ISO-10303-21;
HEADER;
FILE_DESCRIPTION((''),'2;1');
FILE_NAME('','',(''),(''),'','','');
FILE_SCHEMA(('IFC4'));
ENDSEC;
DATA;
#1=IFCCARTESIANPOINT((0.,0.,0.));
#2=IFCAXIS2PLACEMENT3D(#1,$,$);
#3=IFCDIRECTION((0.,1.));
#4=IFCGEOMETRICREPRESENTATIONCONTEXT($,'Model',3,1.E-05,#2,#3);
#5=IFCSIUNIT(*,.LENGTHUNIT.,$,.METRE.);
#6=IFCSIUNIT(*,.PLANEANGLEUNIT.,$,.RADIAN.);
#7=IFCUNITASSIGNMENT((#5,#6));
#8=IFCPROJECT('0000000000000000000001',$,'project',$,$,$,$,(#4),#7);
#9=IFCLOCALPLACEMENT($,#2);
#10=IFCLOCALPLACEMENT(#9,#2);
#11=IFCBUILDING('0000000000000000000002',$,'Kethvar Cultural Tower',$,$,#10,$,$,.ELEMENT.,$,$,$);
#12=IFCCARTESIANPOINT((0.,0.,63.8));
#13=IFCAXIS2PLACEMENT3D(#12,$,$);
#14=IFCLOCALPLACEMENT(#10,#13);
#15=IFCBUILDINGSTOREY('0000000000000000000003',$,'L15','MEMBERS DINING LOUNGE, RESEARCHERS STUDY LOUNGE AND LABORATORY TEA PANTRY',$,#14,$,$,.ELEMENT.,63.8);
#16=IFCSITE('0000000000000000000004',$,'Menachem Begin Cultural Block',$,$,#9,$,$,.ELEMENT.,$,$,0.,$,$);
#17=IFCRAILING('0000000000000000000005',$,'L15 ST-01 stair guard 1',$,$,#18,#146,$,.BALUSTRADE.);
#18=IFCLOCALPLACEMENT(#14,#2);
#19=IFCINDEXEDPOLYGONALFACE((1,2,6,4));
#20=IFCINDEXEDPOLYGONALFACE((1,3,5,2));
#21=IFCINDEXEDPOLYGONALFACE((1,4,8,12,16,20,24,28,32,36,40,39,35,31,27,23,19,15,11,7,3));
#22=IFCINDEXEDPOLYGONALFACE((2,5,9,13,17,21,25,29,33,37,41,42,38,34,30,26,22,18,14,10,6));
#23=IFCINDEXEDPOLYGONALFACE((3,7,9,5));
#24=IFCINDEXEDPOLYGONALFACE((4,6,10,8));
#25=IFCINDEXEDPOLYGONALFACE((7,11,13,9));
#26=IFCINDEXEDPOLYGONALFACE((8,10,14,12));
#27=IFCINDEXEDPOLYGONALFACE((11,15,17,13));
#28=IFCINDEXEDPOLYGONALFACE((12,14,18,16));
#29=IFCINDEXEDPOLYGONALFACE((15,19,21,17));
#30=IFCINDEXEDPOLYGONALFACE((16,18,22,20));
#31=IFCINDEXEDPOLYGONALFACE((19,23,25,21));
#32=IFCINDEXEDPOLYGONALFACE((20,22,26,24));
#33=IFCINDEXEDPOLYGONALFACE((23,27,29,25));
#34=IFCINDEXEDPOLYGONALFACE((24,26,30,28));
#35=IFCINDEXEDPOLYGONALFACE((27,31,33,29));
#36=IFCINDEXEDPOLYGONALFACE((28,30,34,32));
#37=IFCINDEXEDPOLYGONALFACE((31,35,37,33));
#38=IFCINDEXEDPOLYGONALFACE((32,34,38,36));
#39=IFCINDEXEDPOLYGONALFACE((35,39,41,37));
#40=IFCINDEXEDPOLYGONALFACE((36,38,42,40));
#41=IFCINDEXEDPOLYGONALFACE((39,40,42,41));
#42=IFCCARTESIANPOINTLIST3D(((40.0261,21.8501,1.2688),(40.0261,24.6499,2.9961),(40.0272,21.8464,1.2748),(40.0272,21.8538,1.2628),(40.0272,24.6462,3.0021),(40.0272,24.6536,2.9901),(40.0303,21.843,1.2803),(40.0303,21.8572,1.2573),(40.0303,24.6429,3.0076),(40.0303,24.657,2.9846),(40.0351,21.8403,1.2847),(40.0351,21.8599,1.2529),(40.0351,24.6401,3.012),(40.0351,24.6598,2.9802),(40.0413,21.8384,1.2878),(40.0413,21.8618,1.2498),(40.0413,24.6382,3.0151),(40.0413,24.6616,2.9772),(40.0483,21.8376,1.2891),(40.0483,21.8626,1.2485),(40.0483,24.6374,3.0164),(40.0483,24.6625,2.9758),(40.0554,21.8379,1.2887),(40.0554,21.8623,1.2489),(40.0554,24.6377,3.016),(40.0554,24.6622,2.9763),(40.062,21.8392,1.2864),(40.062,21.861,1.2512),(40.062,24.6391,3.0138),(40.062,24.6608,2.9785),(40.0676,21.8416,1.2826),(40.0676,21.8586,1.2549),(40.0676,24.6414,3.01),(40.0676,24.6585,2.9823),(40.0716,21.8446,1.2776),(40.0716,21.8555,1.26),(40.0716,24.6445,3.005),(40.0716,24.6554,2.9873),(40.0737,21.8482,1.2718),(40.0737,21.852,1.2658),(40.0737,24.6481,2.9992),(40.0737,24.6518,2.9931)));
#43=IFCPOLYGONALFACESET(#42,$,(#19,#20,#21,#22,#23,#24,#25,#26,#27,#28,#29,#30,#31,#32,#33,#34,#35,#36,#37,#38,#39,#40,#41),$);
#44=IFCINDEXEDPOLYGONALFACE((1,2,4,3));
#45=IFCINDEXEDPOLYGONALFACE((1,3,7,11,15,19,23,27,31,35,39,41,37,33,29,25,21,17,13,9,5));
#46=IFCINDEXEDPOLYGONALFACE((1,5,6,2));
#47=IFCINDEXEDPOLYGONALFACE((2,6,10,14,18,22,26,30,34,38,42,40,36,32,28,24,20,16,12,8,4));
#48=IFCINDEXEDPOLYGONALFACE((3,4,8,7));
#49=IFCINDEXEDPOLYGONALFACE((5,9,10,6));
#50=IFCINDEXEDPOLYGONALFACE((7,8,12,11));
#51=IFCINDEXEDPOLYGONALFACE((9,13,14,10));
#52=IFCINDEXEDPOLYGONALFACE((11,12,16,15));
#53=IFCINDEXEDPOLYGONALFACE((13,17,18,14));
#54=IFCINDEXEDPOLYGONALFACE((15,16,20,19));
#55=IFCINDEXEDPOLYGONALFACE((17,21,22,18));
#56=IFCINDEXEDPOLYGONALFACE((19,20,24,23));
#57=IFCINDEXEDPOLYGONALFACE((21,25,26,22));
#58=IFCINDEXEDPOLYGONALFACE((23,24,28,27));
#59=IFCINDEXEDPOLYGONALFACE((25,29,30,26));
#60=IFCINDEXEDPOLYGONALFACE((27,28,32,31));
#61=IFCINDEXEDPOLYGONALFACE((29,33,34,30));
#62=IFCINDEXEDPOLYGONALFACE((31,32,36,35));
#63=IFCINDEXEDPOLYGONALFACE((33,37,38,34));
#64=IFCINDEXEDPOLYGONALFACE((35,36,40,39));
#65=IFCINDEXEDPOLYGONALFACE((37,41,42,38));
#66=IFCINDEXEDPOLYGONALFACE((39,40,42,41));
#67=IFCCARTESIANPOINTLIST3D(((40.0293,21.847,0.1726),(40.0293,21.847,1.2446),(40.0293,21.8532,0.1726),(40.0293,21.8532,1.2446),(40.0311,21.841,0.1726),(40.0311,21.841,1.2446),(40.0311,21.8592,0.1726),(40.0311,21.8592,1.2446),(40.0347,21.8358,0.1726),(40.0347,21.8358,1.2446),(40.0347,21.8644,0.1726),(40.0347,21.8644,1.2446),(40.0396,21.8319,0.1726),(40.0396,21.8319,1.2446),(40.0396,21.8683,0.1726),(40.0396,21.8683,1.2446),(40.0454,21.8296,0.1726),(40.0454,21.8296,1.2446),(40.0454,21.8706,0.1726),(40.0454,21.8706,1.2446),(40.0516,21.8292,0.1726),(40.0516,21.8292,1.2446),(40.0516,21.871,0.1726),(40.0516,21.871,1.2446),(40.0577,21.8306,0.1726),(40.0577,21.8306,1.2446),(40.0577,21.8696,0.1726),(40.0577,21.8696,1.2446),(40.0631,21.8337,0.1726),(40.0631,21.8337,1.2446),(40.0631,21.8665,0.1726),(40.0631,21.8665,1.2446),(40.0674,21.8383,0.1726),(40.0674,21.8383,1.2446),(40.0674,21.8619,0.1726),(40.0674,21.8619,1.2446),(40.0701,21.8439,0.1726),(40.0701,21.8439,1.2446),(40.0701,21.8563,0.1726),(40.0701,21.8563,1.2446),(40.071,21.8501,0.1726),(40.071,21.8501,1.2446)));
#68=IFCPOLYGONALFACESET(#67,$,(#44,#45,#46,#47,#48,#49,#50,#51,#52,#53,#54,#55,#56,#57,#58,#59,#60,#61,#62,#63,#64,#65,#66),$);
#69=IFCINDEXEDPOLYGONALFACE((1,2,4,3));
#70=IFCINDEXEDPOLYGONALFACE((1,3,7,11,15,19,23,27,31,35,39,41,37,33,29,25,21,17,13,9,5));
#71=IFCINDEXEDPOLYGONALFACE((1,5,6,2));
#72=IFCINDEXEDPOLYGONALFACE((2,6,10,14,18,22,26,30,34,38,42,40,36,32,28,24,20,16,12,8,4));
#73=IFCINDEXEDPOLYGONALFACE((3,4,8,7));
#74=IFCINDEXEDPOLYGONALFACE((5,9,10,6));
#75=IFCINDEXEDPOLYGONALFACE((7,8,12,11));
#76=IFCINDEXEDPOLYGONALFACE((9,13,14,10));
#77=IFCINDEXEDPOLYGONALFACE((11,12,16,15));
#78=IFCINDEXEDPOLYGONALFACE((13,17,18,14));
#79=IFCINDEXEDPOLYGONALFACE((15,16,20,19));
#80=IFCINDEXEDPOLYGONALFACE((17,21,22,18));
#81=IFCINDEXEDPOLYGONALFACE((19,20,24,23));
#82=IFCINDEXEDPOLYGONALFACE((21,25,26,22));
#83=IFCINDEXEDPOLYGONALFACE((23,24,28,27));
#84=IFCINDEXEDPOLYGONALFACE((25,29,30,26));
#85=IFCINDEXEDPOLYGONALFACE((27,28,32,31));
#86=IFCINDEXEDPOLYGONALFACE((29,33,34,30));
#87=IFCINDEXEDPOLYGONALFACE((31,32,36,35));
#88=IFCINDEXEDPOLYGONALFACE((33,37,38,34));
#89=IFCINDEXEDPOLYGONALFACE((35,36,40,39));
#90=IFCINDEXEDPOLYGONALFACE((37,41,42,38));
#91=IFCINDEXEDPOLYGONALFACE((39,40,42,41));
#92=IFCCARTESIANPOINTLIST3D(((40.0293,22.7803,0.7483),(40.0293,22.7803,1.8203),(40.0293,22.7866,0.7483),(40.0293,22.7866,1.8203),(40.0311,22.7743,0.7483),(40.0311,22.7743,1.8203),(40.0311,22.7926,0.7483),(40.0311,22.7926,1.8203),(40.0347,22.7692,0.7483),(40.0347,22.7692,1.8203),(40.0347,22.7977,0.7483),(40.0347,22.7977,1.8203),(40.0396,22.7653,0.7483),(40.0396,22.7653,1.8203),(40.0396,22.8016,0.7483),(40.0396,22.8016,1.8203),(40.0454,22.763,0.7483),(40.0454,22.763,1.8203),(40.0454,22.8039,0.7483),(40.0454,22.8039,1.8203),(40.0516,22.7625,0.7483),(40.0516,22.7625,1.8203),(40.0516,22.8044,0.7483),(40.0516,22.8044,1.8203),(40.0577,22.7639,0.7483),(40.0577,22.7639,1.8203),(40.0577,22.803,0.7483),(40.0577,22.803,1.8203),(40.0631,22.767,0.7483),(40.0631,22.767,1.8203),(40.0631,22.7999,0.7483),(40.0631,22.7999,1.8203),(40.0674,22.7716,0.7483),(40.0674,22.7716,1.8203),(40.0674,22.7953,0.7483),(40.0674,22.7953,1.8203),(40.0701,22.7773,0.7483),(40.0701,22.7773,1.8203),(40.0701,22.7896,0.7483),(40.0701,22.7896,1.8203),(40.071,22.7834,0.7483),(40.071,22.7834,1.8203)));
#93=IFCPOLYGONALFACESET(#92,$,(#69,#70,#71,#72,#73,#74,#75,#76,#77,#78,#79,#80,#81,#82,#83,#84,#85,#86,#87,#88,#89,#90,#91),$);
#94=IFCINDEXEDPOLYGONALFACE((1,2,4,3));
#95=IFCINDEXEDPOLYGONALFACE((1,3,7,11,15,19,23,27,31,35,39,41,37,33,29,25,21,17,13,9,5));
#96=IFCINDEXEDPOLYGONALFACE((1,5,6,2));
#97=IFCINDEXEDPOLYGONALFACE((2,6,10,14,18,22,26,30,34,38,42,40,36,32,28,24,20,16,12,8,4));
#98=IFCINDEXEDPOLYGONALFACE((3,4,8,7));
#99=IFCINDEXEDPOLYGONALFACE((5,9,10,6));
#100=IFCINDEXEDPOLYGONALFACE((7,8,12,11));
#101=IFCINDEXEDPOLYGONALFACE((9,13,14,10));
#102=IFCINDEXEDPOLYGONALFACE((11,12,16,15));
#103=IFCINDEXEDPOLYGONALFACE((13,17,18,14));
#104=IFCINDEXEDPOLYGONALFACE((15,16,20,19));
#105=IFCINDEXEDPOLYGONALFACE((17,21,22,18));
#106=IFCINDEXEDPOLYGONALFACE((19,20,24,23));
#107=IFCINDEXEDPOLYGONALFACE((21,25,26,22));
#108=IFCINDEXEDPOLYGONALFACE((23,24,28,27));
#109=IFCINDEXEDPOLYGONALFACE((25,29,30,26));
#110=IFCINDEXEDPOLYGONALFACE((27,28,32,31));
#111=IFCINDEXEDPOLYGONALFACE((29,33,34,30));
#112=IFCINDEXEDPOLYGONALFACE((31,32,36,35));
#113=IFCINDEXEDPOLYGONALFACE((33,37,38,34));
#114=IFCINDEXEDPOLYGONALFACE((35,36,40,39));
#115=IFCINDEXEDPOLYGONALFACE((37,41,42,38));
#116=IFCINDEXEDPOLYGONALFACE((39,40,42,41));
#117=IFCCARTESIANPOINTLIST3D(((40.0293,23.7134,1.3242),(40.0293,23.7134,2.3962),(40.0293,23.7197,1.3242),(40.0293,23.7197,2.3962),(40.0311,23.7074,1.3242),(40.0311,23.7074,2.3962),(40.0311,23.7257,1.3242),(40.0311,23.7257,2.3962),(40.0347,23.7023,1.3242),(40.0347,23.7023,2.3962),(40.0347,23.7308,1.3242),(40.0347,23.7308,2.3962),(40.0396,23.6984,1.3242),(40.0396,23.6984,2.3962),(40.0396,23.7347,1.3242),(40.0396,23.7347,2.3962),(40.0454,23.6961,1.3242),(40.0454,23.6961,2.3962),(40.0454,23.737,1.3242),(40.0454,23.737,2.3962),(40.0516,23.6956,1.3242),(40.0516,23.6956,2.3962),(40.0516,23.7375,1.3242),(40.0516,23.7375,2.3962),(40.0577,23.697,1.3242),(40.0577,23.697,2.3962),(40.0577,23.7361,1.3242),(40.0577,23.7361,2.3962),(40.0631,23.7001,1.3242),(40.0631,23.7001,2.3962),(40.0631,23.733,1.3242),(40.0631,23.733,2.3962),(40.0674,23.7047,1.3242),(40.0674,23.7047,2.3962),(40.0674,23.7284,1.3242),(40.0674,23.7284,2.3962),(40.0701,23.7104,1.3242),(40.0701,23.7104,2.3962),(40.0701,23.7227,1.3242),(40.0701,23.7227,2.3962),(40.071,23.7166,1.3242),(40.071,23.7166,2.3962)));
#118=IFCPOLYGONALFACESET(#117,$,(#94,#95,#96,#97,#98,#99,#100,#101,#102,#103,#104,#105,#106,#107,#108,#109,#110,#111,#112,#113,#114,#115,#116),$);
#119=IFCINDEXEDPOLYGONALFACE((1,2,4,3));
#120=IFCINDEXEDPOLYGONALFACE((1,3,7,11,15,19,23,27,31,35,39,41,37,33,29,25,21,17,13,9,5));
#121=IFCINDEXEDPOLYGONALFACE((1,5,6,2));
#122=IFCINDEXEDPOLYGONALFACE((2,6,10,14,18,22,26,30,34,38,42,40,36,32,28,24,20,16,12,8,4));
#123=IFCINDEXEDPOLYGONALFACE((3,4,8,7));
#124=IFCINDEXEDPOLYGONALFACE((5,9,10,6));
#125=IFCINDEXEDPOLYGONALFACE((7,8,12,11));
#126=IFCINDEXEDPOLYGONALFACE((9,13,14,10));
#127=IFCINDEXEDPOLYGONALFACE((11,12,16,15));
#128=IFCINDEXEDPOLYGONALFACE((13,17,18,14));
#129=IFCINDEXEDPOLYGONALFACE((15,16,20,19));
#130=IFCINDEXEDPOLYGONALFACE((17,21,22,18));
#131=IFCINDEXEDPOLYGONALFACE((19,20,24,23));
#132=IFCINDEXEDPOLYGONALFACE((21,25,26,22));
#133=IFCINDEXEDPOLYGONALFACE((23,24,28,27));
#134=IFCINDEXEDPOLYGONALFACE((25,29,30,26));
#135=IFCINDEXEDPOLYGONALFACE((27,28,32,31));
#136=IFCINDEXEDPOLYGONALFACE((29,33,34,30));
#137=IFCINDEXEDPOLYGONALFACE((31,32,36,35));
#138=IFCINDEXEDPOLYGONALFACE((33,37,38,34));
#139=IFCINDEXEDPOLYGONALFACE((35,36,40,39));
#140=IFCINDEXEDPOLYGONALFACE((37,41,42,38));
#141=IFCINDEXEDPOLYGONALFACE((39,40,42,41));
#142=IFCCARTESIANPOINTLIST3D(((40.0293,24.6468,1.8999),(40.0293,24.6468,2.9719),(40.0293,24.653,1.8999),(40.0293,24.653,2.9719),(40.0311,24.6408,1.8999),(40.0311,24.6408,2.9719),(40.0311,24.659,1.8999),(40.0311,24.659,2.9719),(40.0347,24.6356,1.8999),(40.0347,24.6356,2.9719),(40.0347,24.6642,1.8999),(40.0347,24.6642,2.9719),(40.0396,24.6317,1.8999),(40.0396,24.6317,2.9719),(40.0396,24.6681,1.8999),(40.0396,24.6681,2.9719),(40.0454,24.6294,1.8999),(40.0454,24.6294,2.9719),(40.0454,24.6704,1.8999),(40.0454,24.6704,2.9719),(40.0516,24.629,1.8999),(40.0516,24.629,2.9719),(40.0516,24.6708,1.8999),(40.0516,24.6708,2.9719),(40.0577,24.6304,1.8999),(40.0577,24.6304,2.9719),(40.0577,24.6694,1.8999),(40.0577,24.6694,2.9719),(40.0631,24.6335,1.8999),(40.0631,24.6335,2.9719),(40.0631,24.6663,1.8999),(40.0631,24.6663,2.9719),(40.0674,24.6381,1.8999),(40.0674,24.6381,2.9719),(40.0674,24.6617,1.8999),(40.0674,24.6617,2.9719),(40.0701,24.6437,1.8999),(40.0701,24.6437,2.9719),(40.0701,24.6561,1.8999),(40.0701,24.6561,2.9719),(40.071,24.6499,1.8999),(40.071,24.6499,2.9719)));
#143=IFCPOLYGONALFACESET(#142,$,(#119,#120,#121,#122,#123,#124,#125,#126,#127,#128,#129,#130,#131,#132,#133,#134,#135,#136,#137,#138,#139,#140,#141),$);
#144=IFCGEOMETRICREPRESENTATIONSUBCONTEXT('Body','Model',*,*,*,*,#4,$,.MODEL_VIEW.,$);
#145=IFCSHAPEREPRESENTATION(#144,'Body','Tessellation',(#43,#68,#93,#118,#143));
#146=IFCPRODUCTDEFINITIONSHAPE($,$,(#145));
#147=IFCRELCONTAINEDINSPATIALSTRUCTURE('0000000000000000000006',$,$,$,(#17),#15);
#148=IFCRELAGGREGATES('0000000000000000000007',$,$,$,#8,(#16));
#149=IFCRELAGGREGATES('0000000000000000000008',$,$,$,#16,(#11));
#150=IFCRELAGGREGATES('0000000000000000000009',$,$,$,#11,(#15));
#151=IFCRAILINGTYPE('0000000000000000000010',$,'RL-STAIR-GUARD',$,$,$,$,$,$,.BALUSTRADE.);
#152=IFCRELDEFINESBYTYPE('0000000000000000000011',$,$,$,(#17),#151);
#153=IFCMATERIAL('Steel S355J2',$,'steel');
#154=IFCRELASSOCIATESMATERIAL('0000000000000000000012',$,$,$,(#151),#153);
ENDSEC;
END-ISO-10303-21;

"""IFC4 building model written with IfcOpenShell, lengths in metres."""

from ifc_helpers import new_model, si_unit, direction, frame, origin, origin_2d, place, context, subcontext, project, spatial, circle, extrude, material, type_object, element, save


model = new_model("IFC4")

# Units and contexts
model_context = context("Model", 3, precision=1e-05, world=origin(), true_north=direction((0.0, 1.0)))
body_context = subcontext(model_context, "Body", "Model", "MODEL_VIEW")
ifc_project = project(units=[si_unit("LENGTHUNIT", "METRE"), si_unit("PLANEANGLEUNIT", "RADIAN")], contexts=[model_context])

# Site, building, storey
site_placement = place(None, origin())
site = spatial("IfcSite", under=ifc_project, at=site_placement, Name="Menachem Begin Cultural Block", CompositionType="ELEMENT", RefElevation=0.0)
building_placement = place(site_placement, origin())
building = spatial("IfcBuilding", under=site, at=building_placement, Name="Kethvar Cultural Tower", CompositionType="ELEMENT")
storey_placement = place(building_placement, frame((0.0, 0.0, 63.8)))
storey = spatial("IfcBuildingStorey", under=building, at=storey_placement, Name="L15", Description="MEMBERS DINING LOUNGE, RESEARCHERS STUDY LOUNGE AND LABORATORY TEA PANTRY", CompositionType="ELEMENT", Elevation=63.8)

# Shared definitions
ifc_material_1 = material(Name="Steel S355J2", Category="steel")

# Railing
railing_type_1 = type_object("IfcRailingType", Name="RL-STAIR-GUARD", PredefinedType="BALUSTRADE", material=ifc_material_1)
railing_1_placement = place(storey_placement, frame((40.05, 21.8501, 0.1726)))
element("IfcRailing", 1, at=railing_1_placement, inside=storey, type_object=railing_type_1, Name="L15 ST-01 stair guard 1", PredefinedType="BALUSTRADE", context=body_context, shape_type="SweptSolid", body=[
    extrude(circle(Radius=0.0239, at=origin_2d()), frame((0.0, 0.0, 1.0962), z_axis=(0.0, 0.851069, 0.525054), x_axis=(-1.0, 0.0, 0.0)), (0.0, 0.0, 1.0), 3.2898),
    extrude(circle(Radius=0.021, at=origin_2d()), origin(), (0.0, 0.0, 1.0), 1.072),
    extrude(circle(Radius=0.021, at=origin_2d()), frame((0.0, 0.9333, 0.5757)), (0.0, 0.0, 1.0), 1.072),
    extrude(circle(Radius=0.021, at=origin_2d()), frame((0.0, 1.8665, 1.1516)), (0.0, 0.0, 1.0), 1.072),
    extrude(circle(Radius=0.021, at=origin_2d()), frame((0.0, 2.7998, 1.7273)), (0.0, 0.0, 1.0), 1.072),
])

save(model, "model.ifc")
